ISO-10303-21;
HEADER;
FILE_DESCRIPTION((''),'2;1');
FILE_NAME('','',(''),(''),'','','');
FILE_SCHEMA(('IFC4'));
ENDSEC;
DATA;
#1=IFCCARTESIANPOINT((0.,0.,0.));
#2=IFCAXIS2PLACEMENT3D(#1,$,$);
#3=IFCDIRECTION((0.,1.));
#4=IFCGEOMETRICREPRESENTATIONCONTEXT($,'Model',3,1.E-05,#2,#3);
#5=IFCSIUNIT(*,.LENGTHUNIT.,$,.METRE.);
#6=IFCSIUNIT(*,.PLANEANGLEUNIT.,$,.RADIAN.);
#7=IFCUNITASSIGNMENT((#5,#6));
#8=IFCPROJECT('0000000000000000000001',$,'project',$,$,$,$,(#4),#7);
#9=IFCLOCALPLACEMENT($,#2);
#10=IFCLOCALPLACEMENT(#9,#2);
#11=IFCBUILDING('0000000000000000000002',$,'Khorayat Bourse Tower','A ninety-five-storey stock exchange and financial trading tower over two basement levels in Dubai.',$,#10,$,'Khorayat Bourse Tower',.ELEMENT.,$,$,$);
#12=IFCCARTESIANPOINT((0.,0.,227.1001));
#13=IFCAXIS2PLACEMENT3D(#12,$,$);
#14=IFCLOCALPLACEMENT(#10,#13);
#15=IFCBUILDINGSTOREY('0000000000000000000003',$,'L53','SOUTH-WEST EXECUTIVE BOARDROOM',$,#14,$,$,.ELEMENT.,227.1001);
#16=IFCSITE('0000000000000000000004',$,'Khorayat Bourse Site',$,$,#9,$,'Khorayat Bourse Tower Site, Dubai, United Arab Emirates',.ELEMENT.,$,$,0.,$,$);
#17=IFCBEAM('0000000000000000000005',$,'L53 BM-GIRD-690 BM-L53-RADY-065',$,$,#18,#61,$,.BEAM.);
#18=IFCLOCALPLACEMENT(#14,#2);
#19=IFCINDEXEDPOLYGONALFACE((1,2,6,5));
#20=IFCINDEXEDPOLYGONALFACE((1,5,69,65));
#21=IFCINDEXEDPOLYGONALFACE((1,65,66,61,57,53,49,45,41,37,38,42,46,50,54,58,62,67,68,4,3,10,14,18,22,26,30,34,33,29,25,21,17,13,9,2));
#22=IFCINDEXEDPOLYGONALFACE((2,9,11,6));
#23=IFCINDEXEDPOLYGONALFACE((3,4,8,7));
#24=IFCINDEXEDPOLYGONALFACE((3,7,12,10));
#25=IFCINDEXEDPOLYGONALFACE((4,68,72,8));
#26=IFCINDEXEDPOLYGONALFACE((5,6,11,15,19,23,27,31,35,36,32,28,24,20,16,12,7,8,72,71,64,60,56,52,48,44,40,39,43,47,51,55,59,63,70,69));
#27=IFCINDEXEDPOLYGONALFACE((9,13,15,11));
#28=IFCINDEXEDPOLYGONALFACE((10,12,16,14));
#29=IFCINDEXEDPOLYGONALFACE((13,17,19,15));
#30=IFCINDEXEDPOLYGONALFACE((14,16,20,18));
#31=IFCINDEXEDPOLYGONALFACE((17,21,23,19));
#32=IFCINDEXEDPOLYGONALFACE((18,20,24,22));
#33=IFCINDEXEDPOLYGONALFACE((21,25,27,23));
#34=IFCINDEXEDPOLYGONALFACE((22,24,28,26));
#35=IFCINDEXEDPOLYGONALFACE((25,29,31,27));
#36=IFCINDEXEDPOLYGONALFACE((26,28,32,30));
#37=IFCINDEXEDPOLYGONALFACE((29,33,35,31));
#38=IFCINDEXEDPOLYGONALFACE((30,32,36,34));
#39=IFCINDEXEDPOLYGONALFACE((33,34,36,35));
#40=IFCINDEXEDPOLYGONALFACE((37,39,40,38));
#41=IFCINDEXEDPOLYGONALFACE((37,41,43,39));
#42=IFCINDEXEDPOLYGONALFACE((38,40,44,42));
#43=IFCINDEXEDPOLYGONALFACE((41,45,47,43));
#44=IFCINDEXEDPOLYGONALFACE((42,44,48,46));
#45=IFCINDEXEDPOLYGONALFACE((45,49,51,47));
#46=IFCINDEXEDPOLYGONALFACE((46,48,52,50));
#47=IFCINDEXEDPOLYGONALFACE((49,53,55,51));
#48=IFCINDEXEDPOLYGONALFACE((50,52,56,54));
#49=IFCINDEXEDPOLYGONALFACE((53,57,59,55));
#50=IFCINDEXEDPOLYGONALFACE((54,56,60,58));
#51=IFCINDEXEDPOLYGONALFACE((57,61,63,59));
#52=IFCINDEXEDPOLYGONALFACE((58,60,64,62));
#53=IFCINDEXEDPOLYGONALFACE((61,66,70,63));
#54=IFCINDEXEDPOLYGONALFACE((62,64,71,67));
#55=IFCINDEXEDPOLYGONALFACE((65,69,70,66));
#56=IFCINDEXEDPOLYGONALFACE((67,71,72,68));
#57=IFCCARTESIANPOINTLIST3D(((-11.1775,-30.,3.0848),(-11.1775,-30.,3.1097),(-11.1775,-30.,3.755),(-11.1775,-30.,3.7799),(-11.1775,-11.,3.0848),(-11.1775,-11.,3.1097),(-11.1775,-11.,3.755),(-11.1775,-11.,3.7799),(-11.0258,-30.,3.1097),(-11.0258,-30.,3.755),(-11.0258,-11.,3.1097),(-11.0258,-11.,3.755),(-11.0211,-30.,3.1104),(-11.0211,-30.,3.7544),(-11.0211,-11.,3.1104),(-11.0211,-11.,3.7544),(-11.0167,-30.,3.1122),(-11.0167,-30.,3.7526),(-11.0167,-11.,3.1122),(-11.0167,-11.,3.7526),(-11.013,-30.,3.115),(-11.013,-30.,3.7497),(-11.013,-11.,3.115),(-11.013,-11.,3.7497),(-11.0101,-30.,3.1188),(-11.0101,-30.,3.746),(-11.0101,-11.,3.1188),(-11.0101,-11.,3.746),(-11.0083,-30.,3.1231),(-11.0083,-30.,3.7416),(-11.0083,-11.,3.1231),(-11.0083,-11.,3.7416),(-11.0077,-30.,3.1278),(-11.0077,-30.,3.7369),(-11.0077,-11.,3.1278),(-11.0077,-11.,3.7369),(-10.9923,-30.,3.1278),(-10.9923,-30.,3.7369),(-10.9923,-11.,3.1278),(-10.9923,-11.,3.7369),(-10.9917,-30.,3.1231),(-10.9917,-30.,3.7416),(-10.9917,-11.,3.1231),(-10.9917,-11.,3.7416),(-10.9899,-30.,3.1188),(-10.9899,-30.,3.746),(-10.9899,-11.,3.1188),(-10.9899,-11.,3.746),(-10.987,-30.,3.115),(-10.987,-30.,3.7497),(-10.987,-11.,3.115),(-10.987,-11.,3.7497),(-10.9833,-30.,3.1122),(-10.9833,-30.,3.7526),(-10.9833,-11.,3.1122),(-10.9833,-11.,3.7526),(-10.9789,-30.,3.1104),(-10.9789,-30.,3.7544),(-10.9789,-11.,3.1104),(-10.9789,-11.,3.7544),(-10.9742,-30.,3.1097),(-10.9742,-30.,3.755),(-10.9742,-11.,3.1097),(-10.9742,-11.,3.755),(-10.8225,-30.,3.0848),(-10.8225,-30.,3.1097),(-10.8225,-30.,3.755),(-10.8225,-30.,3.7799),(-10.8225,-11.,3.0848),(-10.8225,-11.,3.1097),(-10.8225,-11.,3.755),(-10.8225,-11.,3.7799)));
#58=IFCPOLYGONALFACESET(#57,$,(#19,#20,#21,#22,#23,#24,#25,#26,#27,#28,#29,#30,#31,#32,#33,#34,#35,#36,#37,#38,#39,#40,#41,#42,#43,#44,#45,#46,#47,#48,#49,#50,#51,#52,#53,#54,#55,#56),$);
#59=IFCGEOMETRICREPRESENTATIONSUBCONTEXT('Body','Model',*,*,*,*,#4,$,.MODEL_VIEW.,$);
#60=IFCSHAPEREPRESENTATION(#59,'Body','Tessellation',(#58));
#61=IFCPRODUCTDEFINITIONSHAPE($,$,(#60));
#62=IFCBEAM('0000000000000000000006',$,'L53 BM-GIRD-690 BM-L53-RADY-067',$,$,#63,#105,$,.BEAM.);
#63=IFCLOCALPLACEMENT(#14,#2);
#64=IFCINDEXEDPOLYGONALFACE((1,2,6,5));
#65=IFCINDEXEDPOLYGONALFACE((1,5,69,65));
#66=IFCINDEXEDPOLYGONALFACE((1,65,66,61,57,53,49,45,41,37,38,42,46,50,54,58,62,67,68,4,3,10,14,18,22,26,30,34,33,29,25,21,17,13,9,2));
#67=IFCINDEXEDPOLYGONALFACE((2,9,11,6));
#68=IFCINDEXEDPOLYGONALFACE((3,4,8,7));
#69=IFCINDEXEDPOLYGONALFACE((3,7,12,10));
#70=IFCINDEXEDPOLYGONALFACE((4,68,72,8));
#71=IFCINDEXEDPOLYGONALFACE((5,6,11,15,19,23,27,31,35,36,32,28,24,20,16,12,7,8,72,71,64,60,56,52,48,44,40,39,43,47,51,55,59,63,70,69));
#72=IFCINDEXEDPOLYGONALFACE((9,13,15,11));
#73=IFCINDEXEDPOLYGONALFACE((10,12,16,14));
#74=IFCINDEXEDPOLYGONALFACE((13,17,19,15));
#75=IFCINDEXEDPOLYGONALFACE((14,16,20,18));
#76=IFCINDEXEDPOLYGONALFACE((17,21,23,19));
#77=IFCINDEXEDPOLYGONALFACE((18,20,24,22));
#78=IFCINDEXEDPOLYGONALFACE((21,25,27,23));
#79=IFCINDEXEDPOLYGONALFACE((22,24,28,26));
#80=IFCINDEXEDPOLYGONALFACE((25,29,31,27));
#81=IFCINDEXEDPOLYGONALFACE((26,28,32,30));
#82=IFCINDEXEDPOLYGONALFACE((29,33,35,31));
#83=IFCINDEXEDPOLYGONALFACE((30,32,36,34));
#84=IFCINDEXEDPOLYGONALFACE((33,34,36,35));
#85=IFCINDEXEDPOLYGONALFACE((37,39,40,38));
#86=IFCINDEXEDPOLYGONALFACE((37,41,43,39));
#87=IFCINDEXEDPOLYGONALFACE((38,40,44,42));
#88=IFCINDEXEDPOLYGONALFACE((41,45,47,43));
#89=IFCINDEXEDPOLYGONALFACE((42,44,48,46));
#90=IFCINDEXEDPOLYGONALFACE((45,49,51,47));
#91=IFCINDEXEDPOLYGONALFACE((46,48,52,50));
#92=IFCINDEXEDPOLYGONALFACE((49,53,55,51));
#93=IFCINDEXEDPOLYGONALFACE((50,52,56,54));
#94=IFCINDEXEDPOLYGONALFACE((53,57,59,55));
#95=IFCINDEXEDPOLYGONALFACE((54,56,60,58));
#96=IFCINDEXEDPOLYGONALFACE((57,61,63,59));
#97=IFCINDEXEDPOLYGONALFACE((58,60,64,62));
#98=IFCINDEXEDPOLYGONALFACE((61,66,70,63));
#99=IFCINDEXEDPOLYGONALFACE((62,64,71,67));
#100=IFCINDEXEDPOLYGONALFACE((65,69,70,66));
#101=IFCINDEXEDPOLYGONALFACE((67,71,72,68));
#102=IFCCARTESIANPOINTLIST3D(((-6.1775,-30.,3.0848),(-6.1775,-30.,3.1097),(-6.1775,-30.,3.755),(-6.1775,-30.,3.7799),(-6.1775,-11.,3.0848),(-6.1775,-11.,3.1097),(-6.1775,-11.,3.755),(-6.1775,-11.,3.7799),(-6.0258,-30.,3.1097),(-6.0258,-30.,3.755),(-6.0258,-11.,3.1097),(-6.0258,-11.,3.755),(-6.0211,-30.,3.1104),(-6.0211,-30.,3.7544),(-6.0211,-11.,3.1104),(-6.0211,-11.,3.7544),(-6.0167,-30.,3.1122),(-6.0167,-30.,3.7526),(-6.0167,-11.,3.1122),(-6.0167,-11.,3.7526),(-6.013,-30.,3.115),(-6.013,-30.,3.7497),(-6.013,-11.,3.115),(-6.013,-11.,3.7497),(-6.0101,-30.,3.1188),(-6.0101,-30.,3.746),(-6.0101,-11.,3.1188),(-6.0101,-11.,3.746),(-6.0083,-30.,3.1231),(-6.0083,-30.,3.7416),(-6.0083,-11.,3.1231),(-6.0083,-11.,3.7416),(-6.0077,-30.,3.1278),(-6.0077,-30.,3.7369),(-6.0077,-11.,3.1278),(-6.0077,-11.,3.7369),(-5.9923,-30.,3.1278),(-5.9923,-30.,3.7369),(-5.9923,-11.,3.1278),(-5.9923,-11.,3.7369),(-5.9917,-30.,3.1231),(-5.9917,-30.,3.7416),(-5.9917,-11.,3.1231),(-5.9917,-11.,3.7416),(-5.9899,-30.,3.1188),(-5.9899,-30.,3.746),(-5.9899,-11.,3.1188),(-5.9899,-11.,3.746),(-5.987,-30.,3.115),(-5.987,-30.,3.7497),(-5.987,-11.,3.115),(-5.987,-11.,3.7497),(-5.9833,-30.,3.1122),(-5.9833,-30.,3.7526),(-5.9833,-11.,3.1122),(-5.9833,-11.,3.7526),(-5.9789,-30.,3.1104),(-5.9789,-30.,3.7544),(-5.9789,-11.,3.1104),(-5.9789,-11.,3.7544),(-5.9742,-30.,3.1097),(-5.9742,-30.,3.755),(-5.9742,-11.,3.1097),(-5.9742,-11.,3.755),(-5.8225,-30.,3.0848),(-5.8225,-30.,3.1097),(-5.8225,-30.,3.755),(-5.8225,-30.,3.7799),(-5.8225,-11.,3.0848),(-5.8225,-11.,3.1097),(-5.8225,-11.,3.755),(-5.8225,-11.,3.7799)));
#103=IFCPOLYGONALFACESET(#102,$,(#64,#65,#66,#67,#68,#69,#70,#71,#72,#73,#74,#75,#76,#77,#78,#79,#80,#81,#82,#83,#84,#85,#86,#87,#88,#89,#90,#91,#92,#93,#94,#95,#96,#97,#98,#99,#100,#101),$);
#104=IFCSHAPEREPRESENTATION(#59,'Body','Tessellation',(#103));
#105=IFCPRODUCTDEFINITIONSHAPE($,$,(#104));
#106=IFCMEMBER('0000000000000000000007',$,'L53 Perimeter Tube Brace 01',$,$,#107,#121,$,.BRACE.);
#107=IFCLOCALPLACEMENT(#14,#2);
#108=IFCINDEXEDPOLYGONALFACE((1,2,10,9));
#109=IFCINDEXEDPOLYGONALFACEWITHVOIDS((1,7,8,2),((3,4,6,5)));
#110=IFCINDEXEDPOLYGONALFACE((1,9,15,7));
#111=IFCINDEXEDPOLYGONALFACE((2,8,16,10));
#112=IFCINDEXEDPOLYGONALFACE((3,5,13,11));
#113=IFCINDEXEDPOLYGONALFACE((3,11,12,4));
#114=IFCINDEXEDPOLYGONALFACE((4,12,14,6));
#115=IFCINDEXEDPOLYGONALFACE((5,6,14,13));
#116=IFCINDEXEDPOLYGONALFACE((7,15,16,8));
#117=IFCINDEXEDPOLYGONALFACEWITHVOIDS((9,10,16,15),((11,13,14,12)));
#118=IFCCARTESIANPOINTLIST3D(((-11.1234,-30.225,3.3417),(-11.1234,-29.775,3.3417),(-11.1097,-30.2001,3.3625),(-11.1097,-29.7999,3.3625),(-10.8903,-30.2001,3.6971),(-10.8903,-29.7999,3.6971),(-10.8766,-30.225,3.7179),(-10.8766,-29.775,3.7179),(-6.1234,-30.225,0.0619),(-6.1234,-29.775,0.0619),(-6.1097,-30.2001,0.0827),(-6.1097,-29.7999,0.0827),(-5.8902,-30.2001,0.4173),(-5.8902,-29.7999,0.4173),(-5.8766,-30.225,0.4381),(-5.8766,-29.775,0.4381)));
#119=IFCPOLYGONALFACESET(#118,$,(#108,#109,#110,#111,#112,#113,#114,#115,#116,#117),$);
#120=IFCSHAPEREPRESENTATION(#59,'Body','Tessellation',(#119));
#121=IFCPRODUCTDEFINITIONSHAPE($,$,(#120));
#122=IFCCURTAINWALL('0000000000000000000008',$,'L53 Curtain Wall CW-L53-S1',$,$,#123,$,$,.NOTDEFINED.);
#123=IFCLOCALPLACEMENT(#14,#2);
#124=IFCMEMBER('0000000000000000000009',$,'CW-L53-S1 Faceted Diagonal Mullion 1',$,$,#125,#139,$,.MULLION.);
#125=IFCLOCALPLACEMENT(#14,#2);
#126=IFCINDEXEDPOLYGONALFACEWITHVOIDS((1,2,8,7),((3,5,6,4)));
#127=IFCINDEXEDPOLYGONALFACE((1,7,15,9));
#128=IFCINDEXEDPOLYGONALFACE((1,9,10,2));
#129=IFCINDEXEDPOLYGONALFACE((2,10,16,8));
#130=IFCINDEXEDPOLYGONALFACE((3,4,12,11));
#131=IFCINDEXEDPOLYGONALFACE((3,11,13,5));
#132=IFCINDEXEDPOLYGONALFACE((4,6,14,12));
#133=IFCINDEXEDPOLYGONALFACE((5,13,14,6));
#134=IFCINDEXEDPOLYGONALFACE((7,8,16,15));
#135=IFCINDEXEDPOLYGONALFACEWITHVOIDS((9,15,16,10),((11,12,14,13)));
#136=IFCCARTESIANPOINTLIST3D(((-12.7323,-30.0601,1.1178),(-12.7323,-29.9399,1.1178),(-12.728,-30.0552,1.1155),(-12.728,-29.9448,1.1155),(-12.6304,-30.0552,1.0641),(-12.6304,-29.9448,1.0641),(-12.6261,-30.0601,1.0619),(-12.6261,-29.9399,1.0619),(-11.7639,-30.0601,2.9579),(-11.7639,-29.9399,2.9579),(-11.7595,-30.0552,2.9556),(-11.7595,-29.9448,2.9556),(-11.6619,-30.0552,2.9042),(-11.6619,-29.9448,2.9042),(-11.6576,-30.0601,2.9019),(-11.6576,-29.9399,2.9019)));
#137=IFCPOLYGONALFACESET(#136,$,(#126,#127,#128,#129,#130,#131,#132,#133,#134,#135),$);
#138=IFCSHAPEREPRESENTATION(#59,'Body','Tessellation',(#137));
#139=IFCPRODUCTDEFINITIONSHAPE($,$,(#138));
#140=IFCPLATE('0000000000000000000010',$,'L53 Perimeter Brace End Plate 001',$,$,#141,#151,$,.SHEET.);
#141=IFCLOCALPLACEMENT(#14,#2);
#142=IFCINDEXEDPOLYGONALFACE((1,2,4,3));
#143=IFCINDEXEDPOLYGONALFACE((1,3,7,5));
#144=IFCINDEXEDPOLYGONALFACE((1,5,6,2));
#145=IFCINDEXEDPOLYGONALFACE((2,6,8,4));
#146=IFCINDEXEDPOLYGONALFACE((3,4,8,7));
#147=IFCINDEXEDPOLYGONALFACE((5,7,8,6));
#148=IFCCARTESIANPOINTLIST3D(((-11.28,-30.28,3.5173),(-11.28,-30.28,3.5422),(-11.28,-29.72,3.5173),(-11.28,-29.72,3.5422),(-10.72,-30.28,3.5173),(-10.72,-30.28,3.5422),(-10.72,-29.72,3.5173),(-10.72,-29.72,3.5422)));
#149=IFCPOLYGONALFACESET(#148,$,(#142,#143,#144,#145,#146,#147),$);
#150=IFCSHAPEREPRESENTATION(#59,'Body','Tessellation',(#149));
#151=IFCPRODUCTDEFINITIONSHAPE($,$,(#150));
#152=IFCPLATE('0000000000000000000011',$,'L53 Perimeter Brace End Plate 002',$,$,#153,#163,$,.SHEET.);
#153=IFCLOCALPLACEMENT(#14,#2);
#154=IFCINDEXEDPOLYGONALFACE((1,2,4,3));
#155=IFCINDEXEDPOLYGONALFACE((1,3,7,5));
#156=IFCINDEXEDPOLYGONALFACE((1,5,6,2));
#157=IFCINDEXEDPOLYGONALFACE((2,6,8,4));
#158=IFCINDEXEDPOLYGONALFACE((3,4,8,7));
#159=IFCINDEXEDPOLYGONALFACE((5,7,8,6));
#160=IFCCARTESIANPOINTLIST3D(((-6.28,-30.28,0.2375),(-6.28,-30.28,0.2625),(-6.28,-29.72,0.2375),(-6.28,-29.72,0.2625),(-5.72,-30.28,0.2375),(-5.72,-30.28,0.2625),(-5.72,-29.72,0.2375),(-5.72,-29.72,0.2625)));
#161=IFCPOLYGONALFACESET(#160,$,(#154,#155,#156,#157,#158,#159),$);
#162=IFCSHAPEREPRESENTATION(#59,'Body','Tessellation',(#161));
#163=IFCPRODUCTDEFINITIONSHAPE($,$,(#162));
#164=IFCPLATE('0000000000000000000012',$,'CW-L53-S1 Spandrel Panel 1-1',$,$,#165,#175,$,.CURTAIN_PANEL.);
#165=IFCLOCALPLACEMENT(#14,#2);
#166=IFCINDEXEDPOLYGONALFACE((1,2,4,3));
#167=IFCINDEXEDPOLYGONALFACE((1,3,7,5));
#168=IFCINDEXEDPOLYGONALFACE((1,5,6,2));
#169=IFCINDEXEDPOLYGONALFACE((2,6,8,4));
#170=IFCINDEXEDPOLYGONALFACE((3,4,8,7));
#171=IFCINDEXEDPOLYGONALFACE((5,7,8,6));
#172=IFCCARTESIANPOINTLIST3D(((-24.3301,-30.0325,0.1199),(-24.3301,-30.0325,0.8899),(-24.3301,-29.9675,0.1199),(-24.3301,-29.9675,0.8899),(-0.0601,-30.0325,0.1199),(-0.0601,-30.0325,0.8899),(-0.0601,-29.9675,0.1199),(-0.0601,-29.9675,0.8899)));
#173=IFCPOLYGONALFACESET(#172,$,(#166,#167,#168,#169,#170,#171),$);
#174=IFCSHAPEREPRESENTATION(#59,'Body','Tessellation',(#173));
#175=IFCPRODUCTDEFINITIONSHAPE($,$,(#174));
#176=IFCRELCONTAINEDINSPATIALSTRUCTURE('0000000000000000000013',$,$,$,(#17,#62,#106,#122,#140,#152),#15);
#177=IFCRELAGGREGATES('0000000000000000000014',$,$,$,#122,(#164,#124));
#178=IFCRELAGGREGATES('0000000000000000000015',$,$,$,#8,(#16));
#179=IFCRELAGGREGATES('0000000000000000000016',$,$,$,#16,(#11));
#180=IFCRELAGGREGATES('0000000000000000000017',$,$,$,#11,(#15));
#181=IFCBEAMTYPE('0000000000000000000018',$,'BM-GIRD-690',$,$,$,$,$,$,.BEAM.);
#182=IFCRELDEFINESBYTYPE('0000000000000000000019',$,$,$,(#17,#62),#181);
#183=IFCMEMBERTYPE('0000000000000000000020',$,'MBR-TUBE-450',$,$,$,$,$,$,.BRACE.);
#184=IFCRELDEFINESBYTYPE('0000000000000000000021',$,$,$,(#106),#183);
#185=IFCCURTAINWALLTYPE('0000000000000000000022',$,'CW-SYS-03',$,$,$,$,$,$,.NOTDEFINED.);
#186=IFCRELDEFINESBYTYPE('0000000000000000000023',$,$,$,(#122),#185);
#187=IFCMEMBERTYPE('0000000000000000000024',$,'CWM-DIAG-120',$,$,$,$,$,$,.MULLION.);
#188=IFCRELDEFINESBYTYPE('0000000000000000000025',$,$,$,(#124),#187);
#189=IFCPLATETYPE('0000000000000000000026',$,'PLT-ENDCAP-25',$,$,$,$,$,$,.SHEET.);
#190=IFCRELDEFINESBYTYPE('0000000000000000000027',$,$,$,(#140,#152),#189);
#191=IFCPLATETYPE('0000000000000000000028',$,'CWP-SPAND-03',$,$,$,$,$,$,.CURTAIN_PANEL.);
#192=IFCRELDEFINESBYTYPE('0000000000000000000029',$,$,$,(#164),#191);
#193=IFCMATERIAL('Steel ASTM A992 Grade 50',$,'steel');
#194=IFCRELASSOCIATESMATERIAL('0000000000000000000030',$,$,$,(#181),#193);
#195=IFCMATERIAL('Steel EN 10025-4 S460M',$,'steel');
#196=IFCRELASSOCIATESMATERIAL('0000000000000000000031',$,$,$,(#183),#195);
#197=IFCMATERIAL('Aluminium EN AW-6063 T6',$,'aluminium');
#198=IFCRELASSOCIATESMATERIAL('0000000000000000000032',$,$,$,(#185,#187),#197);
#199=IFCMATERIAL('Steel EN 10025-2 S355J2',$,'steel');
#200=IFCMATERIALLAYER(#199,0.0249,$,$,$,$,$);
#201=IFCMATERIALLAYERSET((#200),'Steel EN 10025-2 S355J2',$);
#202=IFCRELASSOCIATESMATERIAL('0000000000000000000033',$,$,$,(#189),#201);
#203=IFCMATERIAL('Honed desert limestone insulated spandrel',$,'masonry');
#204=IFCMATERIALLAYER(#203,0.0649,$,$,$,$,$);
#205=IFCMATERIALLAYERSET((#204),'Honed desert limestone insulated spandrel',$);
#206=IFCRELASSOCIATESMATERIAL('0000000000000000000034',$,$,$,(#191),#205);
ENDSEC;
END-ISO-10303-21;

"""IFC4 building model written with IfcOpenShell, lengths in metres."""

from ifc_helpers import new_model, si_unit, direction, frame, origin, origin_2d, place, context, subcontext, project, spatial, rectangle, hollow_rectangle, i_section, extrude, source, transform, mapped, material, layer, layer_set, material_profile, profile_set, type_object, element, aggregate, save


model = new_model("IFC4")

# Units and contexts
model_context = context("Model", 3, precision=1e-05, world=origin(), true_north=direction((0.0, 1.0)))
body_context = subcontext(model_context, "Body", "Model", "MODEL_VIEW")
ifc_project = project(units=[si_unit("LENGTHUNIT", "METRE"), si_unit("PLANEANGLEUNIT", "RADIAN")], contexts=[model_context])

# Site, building, storey
site_placement = place(None, origin())
site = spatial("IfcSite", under=ifc_project, at=site_placement, Name="Khorayat Bourse Site", LongName="Khorayat Bourse Tower Site, Dubai, United Arab Emirates", CompositionType="ELEMENT", RefElevation=0.0)
building_placement = place(site_placement, origin())
building = spatial("IfcBuilding", under=site, at=building_placement, Name="Khorayat Bourse Tower", Description="A ninety-five-storey stock exchange and financial trading tower over two basement levels in Dubai.", LongName="Khorayat Bourse Tower", CompositionType="ELEMENT")
storey_placement = place(building_placement, frame((0.0, 0.0, 227.1001)))
storey = spatial("IfcBuildingStorey", under=building, at=storey_placement, Name="L53", Description="SOUTH-WEST EXECUTIVE BOARDROOM", CompositionType="ELEMENT", Elevation=227.1001)

# Shared definitions
ifc_material_1 = material(Name="Steel EN 10025-4 S460M", Category="steel")

# Beams
ifc_material_2 = material(Name="Steel ASTM A992 Grade 50", Category="steel")
ifc_material_profile_1 = material_profile(ifc_material_2, i_section(OverallWidth=0.355, OverallDepth=0.6951, WebThickness=0.0154, FlangeThickness=0.0249, FilletRadius=0.0181, at=origin_2d()), Name="W690X217")
ifc_profile_set_1 = profile_set([ifc_material_profile_1], Name="Steel ASTM A992 Grade 50")
beam_type_1 = type_object("IfcBeamType", Name="BM-GIRD-690", PredefinedType="BEAM", material=ifc_profile_set_1)
shared_shape_1 = source(origin(), body_context, "Body", "SweptSolid", [
    extrude(i_section(OverallWidth=0.355, OverallDepth=0.6951, WebThickness=0.0154, FlangeThickness=0.0249, FilletRadius=0.0181, at=origin_2d()), origin(), (0.0, 0.0, 1.0), 19.0),
])
for number, where, z_axis, x_axis, name in (
    (1, (-11.0, -30.0, 3.4324), (0.0, 1.0, 0.0), (-1.0, 0.0, 0.0), "L53 BM-GIRD-690 BM-L53-RADY-065"),
    (2, (-6.0, -30.0, 3.4324), (0.0, 1.0, 0.0), (-1.0, 0.0, 0.0), "L53 BM-GIRD-690 BM-L53-RADY-067"),
):
    element("IfcBeam", number, at=place(storey_placement, frame(where, z_axis=z_axis, x_axis=x_axis)), inside=storey, type_object=beam_type_1, Name=name, PredefinedType="BEAM", context=body_context, shape_type="MappedRepresentation", body=[
        mapped(shared_shape_1, transform((0.0, 0.0, 0.0), scale=1.0)),
    ])

# Member
ifc_material_profile_2 = material_profile(ifc_material_1, hollow_rectangle(XDim=0.45, YDim=0.45, WallThickness=0.0249, at=origin_2d()), Name="HSS 450x450x25")
ifc_profile_set_2 = profile_set([ifc_material_profile_2], Name="Steel EN 10025-4 S460M")
member_type_1 = type_object("IfcMemberType", Name="MBR-TUBE-450", PredefinedType="BRACE", material=ifc_profile_set_2)
shared_shape_2 = source(origin(), body_context, "Body", "SweptSolid", [
    extrude(hollow_rectangle(XDim=0.45, YDim=0.45, WallThickness=0.0249, at=origin_2d()), origin(), (0.0, 0.0, 1.0), 5.9797),
])
member_1_placement = place(storey_placement, frame((-11.0, -30.0, 3.5298), z_axis=(0.83616, 0.0, -0.548485), x_axis=(0.0, 1.0, 0.0)))
element("IfcMember", 3, at=member_1_placement, inside=storey, type_object=member_type_1, Name="L53 Perimeter Tube Brace 01", PredefinedType="BRACE", context=body_context, shape_type="MappedRepresentation", body=[
    mapped(shared_shape_2, transform((0.0, 0.0, 0.0), scale=1.0)),
])

# Curtain wall, member
ifc_material_3 = material(Name="Aluminium EN AW-6063 T6", Category="aluminium")
curtain_wall_type = type_object("IfcCurtainWallType", Name="CW-SYS-03", PredefinedType="NOTDEFINED", material=ifc_material_3)
curtain_wall_placement = place(storey_placement, origin())
curtain_wall = element("IfcCurtainWall", 4, at=curtain_wall_placement, inside=storey, type_object=curtain_wall_type, Name="L53 Curtain Wall CW-L53-S1", PredefinedType="NOTDEFINED")
ifc_material_profile_3 = material_profile(ifc_material_3, hollow_rectangle(XDim=0.1201, YDim=0.1201, WallThickness=0.0049, at=origin_2d()), Name="ALU 120x120x5")
ifc_profile_set_3 = profile_set([ifc_material_profile_3], Name="Aluminium EN AW-6063 T6")
member_type_2 = type_object("IfcMemberType", Name="CWM-DIAG-120", PredefinedType="MULLION", material=ifc_profile_set_3)
shared_shape_3 = source(origin(), body_context, "Body", "SweptSolid", [
    extrude(hollow_rectangle(XDim=0.1201, YDim=0.1201, WallThickness=0.0049, at=origin_2d()), origin(), (0.0, 0.0, 1.0), 2.0793),
])
member_2_placement = place(storey_placement, frame((-12.6792, -30.0, 1.0898), z_axis=(0.465761, 0.0, 0.884911), x_axis=(0.0, 1.0, 0.0)))
member_2 = element("IfcMember", 5, at=member_2_placement, type_object=member_type_2, Name="CW-L53-S1 Faceted Diagonal Mullion 1", PredefinedType="MULLION", context=body_context, shape_type="MappedRepresentation", body=[
    mapped(shared_shape_3, transform((0.0, 0.0, 0.0), scale=1.0)),
])

# Plates
ifc_material_4 = material(Name="Steel EN 10025-2 S355J2", Category="steel")
ifc_layer_1 = layer(ifc_material_4, 0.0249)
ifc_layer_set_1 = layer_set([ifc_layer_1], Name="Steel EN 10025-2 S355J2")
plate_type_1 = type_object("IfcPlateType", Name="PLT-ENDCAP-25", PredefinedType="SHEET", material=ifc_layer_set_1)
shared_shape_4 = source(origin(), body_context, "Body", "SweptSolid", [
    extrude(rectangle(XDim=0.5601, YDim=0.5601, at=origin_2d()), origin(), (0.0, 0.0, 1.0), 0.0249),
])
for number, where, z_axis, x_axis, name in (
    (6, (-11.0, -30.0, 3.5173), (0.0, 0.0, 1.0), (1.0, 0.0, 0.0), "L53 Perimeter Brace End Plate 001"),
    (7, (-6.0, -30.0, 0.2375), (0.0, 0.0, 1.0), (1.0, 0.0, 0.0), "L53 Perimeter Brace End Plate 002"),
):
    element("IfcPlate", number, at=place(storey_placement, frame(where, z_axis=z_axis, x_axis=x_axis)), inside=storey, type_object=plate_type_1, Name=name, PredefinedType="SHEET", context=body_context, shape_type="MappedRepresentation", body=[
        mapped(shared_shape_4, transform((0.0, 0.0, 0.0), scale=1.0)),
    ])

# Plate
ifc_material_5 = material(Name="Honed desert limestone insulated spandrel", Category="masonry")
ifc_layer_2 = layer(ifc_material_5, 0.0649)
ifc_layer_set_2 = layer_set([ifc_layer_2], Name="Honed desert limestone insulated spandrel")
plate_type_2 = type_object("IfcPlateType", Name="CWP-SPAND-03", PredefinedType="CURTAIN_PANEL", material=ifc_layer_set_2)
shared_shape_5 = source(origin(), body_context, "Body", "SweptSolid", [
    extrude(rectangle(XDim=24.27, YDim=0.0649, at=origin_2d()), origin(), (0.0, 0.0, 1.0), 0.77),
])
plate_1_placement = place(storey_placement, frame((-12.1951, -30.0, 0.1199), z_axis=(0.0, 0.0, 1.0), x_axis=(1.0, 0.0, 0.0)))
plate_1 = element("IfcPlate", 8, at=plate_1_placement, type_object=plate_type_2, Name="CW-L53-S1 Spandrel Panel 1-1", PredefinedType="CURTAIN_PANEL", context=body_context, shape_type="MappedRepresentation", body=[
    mapped(shared_shape_5, transform((0.0, 0.0, 0.0), scale=1.0)),
])
aggregate(curtain_wall, [plate_1, member_2])

save(model, "model.ifc")
